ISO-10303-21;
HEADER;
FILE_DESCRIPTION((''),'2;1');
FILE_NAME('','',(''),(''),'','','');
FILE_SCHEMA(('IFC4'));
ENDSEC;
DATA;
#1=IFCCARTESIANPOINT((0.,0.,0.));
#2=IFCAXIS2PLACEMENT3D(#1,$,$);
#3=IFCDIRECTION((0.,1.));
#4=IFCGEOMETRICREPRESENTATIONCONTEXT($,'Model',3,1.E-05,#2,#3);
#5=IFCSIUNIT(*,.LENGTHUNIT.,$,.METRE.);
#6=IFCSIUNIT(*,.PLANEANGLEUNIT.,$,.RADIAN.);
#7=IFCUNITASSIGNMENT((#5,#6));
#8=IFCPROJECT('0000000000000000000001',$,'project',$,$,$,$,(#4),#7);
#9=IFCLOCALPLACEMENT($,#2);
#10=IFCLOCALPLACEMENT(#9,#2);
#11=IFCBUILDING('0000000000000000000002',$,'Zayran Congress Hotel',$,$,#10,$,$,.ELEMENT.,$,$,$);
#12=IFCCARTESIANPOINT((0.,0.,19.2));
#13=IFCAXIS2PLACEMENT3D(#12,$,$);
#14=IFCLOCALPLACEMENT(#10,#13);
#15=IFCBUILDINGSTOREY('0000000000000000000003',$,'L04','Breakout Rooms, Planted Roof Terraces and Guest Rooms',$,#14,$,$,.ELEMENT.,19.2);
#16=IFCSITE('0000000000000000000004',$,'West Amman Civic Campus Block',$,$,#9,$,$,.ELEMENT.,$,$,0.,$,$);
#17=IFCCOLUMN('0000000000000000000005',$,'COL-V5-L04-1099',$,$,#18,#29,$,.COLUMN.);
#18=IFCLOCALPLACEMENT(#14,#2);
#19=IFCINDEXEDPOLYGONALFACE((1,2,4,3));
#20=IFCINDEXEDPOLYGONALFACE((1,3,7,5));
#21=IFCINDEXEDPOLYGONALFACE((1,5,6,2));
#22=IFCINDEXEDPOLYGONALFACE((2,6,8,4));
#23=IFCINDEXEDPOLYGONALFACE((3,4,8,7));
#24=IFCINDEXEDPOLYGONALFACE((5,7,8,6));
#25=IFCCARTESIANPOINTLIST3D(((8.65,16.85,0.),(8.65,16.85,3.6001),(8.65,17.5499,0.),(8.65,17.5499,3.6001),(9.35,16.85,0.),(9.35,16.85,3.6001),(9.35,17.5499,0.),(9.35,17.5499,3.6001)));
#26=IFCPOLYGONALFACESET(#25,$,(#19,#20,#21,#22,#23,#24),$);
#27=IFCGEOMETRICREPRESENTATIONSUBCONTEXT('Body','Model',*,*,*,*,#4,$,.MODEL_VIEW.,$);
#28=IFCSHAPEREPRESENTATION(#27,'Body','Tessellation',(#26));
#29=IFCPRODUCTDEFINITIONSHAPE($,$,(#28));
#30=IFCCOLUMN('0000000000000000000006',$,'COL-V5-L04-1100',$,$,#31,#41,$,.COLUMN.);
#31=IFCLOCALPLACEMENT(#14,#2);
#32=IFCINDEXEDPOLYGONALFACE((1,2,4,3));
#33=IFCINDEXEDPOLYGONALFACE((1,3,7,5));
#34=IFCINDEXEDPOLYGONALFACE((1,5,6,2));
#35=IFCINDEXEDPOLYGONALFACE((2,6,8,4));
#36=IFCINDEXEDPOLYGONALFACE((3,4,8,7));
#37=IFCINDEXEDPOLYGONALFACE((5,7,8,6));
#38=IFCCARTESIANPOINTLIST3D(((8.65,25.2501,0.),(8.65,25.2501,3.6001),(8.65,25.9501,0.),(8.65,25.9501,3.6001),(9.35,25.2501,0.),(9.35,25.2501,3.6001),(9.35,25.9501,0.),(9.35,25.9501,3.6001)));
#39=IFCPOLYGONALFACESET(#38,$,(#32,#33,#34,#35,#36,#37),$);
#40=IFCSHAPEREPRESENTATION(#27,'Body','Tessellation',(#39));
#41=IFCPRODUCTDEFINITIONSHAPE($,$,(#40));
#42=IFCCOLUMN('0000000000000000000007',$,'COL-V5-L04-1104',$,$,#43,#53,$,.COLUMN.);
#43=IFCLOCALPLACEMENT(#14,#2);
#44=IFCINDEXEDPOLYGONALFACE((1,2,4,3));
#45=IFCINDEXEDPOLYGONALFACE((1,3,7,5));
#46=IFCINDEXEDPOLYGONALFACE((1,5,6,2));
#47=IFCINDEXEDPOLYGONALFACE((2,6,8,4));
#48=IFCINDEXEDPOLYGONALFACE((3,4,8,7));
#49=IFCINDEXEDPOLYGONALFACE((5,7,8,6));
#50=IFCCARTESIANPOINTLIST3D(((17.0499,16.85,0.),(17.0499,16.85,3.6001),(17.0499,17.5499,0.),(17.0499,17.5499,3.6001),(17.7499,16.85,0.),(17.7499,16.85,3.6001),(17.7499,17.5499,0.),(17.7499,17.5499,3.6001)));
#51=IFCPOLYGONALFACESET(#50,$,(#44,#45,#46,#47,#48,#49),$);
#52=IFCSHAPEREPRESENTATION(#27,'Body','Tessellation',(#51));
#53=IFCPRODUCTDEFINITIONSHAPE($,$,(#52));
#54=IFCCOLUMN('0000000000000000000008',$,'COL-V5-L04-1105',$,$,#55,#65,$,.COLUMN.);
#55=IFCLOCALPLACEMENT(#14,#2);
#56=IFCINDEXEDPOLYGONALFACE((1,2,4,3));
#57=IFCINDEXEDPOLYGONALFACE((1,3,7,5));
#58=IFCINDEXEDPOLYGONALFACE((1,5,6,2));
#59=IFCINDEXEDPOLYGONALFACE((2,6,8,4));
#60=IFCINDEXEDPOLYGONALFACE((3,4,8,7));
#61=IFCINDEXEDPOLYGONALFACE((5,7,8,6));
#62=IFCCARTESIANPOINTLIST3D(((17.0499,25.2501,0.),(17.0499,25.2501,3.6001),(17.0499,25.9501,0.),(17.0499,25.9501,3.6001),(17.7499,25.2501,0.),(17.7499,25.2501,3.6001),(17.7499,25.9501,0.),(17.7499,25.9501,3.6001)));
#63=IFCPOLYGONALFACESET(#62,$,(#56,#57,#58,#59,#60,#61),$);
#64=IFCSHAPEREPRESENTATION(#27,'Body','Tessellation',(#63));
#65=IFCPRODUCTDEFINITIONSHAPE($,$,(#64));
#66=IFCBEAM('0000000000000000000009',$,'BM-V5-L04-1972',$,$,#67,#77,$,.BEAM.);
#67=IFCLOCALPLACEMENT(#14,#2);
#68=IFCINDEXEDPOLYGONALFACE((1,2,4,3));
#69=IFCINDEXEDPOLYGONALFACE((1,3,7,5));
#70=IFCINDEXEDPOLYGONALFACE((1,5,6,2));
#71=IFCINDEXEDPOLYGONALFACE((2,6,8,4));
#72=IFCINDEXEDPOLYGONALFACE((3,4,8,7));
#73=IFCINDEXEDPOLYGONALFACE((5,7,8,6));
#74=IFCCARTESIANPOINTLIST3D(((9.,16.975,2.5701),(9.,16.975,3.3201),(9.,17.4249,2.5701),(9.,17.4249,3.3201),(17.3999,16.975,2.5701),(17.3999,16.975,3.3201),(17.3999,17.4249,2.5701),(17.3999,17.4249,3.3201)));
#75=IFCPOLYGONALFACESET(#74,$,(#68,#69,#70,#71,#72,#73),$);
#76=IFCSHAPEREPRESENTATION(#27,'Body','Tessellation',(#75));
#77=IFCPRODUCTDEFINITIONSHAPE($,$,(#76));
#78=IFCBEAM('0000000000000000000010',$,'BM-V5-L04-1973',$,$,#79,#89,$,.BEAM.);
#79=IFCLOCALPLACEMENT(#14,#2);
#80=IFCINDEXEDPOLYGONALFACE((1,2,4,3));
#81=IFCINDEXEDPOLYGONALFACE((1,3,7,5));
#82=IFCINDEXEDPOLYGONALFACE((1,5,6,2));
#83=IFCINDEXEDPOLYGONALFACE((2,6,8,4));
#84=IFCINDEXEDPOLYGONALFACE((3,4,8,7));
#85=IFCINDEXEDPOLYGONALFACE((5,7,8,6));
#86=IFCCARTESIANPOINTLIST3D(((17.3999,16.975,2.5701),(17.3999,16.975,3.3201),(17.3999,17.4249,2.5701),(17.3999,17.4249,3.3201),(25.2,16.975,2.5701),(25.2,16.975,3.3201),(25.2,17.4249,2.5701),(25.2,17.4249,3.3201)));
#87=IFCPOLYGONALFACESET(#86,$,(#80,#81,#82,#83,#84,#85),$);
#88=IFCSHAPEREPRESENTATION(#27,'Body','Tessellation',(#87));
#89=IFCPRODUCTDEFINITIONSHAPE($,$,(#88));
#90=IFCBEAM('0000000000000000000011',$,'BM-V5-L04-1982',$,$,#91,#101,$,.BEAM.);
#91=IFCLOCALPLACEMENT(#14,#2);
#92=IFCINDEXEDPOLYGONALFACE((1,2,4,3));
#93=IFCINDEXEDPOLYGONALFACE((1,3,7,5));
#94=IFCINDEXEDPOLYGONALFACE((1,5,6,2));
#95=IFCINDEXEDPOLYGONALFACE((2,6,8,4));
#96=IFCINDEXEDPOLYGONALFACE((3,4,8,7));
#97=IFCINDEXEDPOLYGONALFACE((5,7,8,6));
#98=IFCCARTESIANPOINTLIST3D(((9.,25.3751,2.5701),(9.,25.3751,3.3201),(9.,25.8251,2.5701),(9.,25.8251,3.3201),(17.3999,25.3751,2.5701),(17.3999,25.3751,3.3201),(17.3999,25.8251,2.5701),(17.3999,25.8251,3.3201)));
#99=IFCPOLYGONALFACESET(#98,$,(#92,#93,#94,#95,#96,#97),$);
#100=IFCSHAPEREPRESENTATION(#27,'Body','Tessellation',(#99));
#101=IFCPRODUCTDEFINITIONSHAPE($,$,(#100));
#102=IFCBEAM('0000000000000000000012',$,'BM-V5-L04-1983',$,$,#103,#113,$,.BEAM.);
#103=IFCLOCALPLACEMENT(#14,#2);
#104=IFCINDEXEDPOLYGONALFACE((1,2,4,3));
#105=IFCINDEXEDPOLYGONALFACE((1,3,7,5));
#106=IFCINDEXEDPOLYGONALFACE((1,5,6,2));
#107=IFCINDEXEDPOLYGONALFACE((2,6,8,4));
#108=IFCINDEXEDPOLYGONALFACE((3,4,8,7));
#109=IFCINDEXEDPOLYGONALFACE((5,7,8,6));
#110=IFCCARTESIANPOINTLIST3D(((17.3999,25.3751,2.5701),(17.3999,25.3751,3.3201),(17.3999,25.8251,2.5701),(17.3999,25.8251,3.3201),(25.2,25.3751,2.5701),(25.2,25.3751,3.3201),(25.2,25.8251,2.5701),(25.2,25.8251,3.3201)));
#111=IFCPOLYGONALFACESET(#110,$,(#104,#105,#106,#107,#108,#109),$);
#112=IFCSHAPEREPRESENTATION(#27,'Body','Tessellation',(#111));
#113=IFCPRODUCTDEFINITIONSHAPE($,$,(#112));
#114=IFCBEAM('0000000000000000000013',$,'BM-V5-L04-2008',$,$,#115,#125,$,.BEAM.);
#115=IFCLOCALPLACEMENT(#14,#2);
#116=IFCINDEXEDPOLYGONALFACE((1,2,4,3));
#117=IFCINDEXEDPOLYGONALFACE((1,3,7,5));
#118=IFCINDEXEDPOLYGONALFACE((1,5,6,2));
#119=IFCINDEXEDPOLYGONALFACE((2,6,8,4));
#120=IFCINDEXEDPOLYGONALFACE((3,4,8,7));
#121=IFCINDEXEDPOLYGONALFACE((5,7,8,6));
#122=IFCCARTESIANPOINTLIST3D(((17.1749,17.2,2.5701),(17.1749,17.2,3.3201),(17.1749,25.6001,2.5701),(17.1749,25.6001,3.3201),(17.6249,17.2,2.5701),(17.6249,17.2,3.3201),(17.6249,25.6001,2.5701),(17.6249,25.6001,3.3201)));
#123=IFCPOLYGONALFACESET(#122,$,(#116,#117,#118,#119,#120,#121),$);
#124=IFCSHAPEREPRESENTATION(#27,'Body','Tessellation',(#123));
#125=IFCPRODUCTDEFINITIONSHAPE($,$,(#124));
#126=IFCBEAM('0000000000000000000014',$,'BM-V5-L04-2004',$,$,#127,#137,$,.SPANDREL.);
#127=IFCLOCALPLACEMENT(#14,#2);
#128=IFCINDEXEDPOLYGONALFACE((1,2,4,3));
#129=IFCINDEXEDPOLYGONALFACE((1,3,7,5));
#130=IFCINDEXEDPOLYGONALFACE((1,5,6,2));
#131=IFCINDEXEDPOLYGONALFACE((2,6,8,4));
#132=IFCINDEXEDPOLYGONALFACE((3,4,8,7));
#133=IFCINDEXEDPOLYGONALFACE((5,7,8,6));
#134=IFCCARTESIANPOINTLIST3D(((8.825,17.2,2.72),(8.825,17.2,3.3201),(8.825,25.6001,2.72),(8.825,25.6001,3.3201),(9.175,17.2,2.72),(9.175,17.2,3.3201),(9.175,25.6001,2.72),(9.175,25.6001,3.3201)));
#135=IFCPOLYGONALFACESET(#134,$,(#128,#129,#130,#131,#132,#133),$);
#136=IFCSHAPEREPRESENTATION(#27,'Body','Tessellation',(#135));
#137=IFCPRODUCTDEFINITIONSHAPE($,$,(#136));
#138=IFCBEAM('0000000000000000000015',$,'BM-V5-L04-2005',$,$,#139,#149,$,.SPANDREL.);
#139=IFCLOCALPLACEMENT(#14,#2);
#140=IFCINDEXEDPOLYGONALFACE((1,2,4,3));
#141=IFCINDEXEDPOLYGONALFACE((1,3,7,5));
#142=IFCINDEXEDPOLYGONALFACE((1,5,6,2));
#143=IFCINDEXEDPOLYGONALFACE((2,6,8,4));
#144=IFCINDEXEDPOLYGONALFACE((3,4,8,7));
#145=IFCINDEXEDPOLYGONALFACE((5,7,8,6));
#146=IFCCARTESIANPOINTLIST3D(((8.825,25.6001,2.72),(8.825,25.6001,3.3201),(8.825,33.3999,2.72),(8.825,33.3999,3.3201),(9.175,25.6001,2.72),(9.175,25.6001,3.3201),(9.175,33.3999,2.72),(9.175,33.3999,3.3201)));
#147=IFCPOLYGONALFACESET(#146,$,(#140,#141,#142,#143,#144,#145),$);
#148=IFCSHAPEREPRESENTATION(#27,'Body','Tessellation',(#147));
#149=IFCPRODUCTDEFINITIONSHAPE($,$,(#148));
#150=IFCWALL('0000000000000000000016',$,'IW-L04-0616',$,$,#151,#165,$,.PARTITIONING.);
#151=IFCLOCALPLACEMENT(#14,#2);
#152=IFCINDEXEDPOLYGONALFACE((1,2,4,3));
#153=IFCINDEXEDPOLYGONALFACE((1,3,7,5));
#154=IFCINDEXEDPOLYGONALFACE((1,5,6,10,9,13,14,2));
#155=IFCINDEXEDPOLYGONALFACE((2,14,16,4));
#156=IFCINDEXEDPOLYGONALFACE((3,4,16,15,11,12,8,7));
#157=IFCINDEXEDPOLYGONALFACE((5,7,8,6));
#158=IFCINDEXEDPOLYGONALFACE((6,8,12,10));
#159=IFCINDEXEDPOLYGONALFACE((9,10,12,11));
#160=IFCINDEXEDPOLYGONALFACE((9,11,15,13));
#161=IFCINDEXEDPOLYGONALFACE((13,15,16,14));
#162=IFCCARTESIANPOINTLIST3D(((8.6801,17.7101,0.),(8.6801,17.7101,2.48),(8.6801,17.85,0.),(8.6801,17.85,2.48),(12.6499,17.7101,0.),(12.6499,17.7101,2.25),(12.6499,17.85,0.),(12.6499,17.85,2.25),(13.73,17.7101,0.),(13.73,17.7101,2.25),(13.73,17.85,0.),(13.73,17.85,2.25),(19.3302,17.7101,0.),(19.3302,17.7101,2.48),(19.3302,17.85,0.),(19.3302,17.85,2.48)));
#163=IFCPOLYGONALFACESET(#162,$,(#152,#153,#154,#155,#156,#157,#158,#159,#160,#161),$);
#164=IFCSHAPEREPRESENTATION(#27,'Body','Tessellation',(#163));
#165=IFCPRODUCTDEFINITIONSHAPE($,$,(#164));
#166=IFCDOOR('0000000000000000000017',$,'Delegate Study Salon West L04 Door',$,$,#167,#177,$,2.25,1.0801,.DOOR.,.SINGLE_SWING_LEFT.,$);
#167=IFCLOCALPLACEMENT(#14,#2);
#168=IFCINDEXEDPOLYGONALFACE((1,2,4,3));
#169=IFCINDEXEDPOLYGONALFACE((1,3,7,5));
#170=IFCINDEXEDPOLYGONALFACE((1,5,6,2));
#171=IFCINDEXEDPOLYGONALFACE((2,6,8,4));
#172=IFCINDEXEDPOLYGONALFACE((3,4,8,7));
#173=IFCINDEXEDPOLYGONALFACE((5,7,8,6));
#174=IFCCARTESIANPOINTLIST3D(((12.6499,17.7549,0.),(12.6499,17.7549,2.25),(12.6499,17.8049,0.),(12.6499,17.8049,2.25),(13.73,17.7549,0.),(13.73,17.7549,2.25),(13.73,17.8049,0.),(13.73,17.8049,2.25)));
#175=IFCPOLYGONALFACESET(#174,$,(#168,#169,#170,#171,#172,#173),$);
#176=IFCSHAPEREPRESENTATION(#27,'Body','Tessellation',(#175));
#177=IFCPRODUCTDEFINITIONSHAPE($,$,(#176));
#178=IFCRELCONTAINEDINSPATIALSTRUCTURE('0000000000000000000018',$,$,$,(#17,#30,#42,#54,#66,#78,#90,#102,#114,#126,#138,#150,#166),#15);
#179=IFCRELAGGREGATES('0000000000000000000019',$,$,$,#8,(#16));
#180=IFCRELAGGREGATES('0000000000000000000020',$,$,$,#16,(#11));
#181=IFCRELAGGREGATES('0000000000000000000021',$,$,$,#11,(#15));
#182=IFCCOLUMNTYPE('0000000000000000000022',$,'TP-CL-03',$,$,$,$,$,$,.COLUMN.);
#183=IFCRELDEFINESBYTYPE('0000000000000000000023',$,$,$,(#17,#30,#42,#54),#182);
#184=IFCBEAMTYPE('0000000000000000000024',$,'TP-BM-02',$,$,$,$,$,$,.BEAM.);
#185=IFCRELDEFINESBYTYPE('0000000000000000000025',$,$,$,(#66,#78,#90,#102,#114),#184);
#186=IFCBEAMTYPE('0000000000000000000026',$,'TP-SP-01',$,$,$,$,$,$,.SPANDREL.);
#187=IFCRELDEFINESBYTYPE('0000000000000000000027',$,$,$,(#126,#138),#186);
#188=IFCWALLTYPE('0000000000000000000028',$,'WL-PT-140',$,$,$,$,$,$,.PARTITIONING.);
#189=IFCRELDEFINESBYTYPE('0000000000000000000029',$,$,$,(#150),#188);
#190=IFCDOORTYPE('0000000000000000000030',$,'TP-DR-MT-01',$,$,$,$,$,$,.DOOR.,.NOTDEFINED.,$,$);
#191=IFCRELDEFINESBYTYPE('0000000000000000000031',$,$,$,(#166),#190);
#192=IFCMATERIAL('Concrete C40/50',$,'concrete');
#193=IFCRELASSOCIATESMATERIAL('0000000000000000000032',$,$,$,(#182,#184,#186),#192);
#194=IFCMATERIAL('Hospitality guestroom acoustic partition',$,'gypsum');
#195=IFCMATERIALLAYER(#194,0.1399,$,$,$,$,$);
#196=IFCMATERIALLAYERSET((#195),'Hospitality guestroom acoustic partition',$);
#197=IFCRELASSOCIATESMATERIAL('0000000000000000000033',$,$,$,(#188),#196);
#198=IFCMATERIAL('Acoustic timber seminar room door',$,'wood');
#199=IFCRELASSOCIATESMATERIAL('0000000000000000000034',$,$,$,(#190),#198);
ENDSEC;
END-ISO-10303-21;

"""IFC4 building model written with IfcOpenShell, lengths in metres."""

from ifc_helpers import new_model, si_unit, direction, frame, frame_2d, origin, origin_2d, place, context, subcontext, project, spatial, rectangle, extrude, material, layer, layer_set, material_profile, profile_set, type_object, element, fill, save


model = new_model("IFC4")

# Units and contexts
model_context = context("Model", 3, precision=1e-05, world=origin(), true_north=direction((0.0, 1.0)))
body_context = subcontext(model_context, "Body", "Model", "MODEL_VIEW")
ifc_project = project(units=[si_unit("LENGTHUNIT", "METRE"), si_unit("PLANEANGLEUNIT", "RADIAN")], contexts=[model_context])

# Site, building, storey
site_placement = place(None, origin())
site = spatial("IfcSite", under=ifc_project, at=site_placement, Name="West Amman Civic Campus Block", CompositionType="ELEMENT", RefElevation=0.0)
building_placement = place(site_placement, origin())
building = spatial("IfcBuilding", under=site, at=building_placement, Name="Zayran Congress Hotel", CompositionType="ELEMENT")
storey_placement = place(building_placement, frame((0.0, 0.0, 19.2)))
storey = spatial("IfcBuildingStorey", under=building, at=storey_placement, Name="L04", Description="Breakout Rooms, Planted Roof Terraces and Guest Rooms", CompositionType="ELEMENT", Elevation=19.2)

# Columns
ifc_material_1 = material(Name="Concrete C40/50", Category="concrete")
ifc_material_profile_1 = material_profile(ifc_material_1, rectangle(XDim=0.7, YDim=0.7, at=origin_2d()), Name="RC 700x700")
ifc_profile_set_1 = profile_set([ifc_material_profile_1], Name="Concrete C40/50")
column_type = type_object("IfcColumnType", Name="TP-CL-03", PredefinedType="COLUMN", material=ifc_profile_set_1)
for number, where, z_axis, x_axis, name in (
    (1, (9.0, 17.2, 0.0), (0.0, 0.0, 1.0), (1.0, 0.0, 0.0), "COL-V5-L04-1099"),
    (2, (9.0, 25.6001, 0.0), (0.0, 0.0, 1.0), (1.0, 0.0, 0.0), "COL-V5-L04-1100"),
    (3, (17.3999, 17.2, 0.0), (0.0, 0.0, 1.0), (1.0, 0.0, 0.0), "COL-V5-L04-1104"),
    (4, (17.3999, 25.6001, 0.0), (0.0, 0.0, 1.0), (1.0, 0.0, 0.0), "COL-V5-L04-1105"),
):
    element("IfcColumn", number, at=place(storey_placement, frame(where, z_axis=z_axis, x_axis=x_axis)), inside=storey, type_object=column_type, Name=name, PredefinedType="COLUMN", context=body_context, shape_type="SweptSolid", body=[
        extrude(rectangle(XDim=0.7, YDim=0.7, at=origin_2d()), origin(), (0.0, 0.0, 1.0), 3.6001),
    ])

# Beams
ifc_material_profile_2 = material_profile(ifc_material_1, rectangle(XDim=0.45, YDim=0.75, at=origin_2d()), Name="RC 450x750")
ifc_profile_set_2 = profile_set([ifc_material_profile_2], Name="Concrete C40/50")
beam_type_1 = type_object("IfcBeamType", Name="TP-BM-02", PredefinedType="BEAM", material=ifc_profile_set_2)
beam_1_placement = place(storey_placement, frame((9.0, 17.2, 2.9451), z_axis=(1.0, 0.0, 0.0), x_axis=(0.0, 1.0, 0.0)))
element("IfcBeam", 5, at=beam_1_placement, inside=storey, type_object=beam_type_1, Name="BM-V5-L04-1972", PredefinedType="BEAM", context=body_context, shape_type="SweptSolid", body=[
    extrude(rectangle(XDim=0.45, YDim=0.75, at=origin_2d()), origin(), (0.0, 0.0, 1.0), 8.3999),
])
beam_2_placement = place(storey_placement, frame((17.3999, 17.2, 2.9451), z_axis=(1.0, 0.0, 0.0), x_axis=(0.0, 1.0, 0.0)))
element("IfcBeam", 6, at=beam_2_placement, inside=storey, type_object=beam_type_1, Name="BM-V5-L04-1973", PredefinedType="BEAM", context=body_context, shape_type="SweptSolid", body=[
    extrude(rectangle(XDim=0.45, YDim=0.75, at=origin_2d()), origin(), (0.0, 0.0, 1.0), 7.8),
])
beam_3_placement = place(storey_placement, frame((9.0, 25.6001, 2.9451), z_axis=(1.0, 0.0, 0.0), x_axis=(0.0, 1.0, 0.0)))
element("IfcBeam", 7, at=beam_3_placement, inside=storey, type_object=beam_type_1, Name="BM-V5-L04-1982", PredefinedType="BEAM", context=body_context, shape_type="SweptSolid", body=[
    extrude(rectangle(XDim=0.45, YDim=0.75, at=origin_2d()), origin(), (0.0, 0.0, 1.0), 8.3999),
])
beam_4_placement = place(storey_placement, frame((17.3999, 25.6001, 2.9451), z_axis=(1.0, 0.0, 0.0), x_axis=(0.0, 1.0, 0.0)))
element("IfcBeam", 8, at=beam_4_placement, inside=storey, type_object=beam_type_1, Name="BM-V5-L04-1983", PredefinedType="BEAM", context=body_context, shape_type="SweptSolid", body=[
    extrude(rectangle(XDim=0.45, YDim=0.75, at=origin_2d()), origin(), (0.0, 0.0, 1.0), 7.8),
])
beam_5_placement = place(storey_placement, frame((17.3999, 17.2, 2.9451), z_axis=(0.0, 1.0, 0.0), x_axis=(-1.0, 0.0, 0.0)))
element("IfcBeam", 9, at=beam_5_placement, inside=storey, type_object=beam_type_1, Name="BM-V5-L04-2008", PredefinedType="BEAM", context=body_context, shape_type="SweptSolid", body=[
    extrude(rectangle(XDim=0.45, YDim=0.75, at=origin_2d()), origin(), (0.0, 0.0, 1.0), 8.4001),
])
ifc_material_profile_3 = material_profile(ifc_material_1, rectangle(XDim=0.3501, YDim=0.6001, at=origin_2d()), Name="RC 350x600")
ifc_profile_set_3 = profile_set([ifc_material_profile_3], Name="Concrete C40/50")
beam_type_2 = type_object("IfcBeamType", Name="TP-SP-01", PredefinedType="SPANDREL", material=ifc_profile_set_3)
beam_6_placement = place(storey_placement, frame((9.0, 17.2, 3.02), z_axis=(0.0, 1.0, 0.0), x_axis=(-1.0, 0.0, 0.0)))
element("IfcBeam", 10, at=beam_6_placement, inside=storey, type_object=beam_type_2, Name="BM-V5-L04-2004", PredefinedType="SPANDREL", context=body_context, shape_type="SweptSolid", body=[
    extrude(rectangle(XDim=0.3501, YDim=0.6001, at=origin_2d()), origin(), (0.0, 0.0, 1.0), 8.4001),
])
beam_7_placement = place(storey_placement, frame((9.0, 25.6001, 3.02), z_axis=(0.0, 1.0, 0.0), x_axis=(-1.0, 0.0, 0.0)))
element("IfcBeam", 11, at=beam_7_placement, inside=storey, type_object=beam_type_2, Name="BM-V5-L04-2005", PredefinedType="SPANDREL", context=body_context, shape_type="SweptSolid", body=[
    extrude(rectangle(XDim=0.3501, YDim=0.6001, at=origin_2d()), origin(), (0.0, 0.0, 1.0), 7.7998),
])

# Wall, opening, door
ifc_material_2 = material(Name="Hospitality guestroom acoustic partition", Category="gypsum")
ifc_layer_1 = layer(ifc_material_2, 0.1399)
ifc_layer_set_1 = layer_set([ifc_layer_1], Name="Hospitality guestroom acoustic partition")
wall_type_1 = type_object("IfcWallType", Name="WL-PT-140", PredefinedType="PARTITIONING", material=ifc_layer_set_1)
wall_1_placement = place(storey_placement, frame((8.6799, 17.78, 0.0), z_axis=(0.0, 0.0, 1.0), x_axis=(1.0, 0.0, 0.0)))
wall_1 = element("IfcWall", 12, at=wall_1_placement, inside=storey, type_object=wall_type_1, Name="IW-L04-0616", PredefinedType="PARTITIONING", context=body_context, shape_type="SweptSolid", body=[
    extrude(rectangle(XDim=10.6501, YDim=0.1399, at=frame_2d((5.3252, 0.0))), origin(), (0.0, 0.0, 1.0), 2.48),
])
opening_1_placement = place(wall_1_placement, frame((3.97, 0.0, 0.0)))
opening_1 = element("IfcOpeningElement", 13, at=opening_1_placement, cuts=wall_1, PredefinedType="OPENING", context=body_context, shape_type="SweptSolid", body=[
    extrude(rectangle(XDim=1.0801, YDim=2.25, at=frame_2d((0.54, 1.125))), frame((0.0, 0.0798, 0.0), z_axis=(0.0, -1.0, 0.0), x_axis=(1.0, 0.0, 0.0)), (0.0, 0.0, 1.0), 0.1599),
])
ifc_material_3 = material(Name="Acoustic timber seminar room door", Category="wood")
door_type_1 = type_object("IfcDoorType", Name="TP-DR-MT-01", OperationType="NOTDEFINED", PredefinedType="DOOR", material=ifc_material_3)
door_1_placement = place(opening_1_placement, origin())
door_1 = element("IfcDoor", 14, at=door_1_placement, inside=storey, type_object=door_type_1, Name="Delegate Study Salon West L04 Door", OperationType="SINGLE_SWING_LEFT", OverallHeight=2.25, OverallWidth=1.0801, PredefinedType="DOOR", context=body_context, shape_type="SweptSolid", body=[
    extrude(rectangle(XDim=1.0801, YDim=2.25, at=frame_2d((0.54, 1.125))), frame((0.0, 0.0249, 0.0), z_axis=(0.0, -1.0, 0.0), x_axis=(1.0, 0.0, 0.0)), (0.0, 0.0, 1.0), 0.05),
])
fill(opening_1, door_1)

save(model, "model.ifc")
